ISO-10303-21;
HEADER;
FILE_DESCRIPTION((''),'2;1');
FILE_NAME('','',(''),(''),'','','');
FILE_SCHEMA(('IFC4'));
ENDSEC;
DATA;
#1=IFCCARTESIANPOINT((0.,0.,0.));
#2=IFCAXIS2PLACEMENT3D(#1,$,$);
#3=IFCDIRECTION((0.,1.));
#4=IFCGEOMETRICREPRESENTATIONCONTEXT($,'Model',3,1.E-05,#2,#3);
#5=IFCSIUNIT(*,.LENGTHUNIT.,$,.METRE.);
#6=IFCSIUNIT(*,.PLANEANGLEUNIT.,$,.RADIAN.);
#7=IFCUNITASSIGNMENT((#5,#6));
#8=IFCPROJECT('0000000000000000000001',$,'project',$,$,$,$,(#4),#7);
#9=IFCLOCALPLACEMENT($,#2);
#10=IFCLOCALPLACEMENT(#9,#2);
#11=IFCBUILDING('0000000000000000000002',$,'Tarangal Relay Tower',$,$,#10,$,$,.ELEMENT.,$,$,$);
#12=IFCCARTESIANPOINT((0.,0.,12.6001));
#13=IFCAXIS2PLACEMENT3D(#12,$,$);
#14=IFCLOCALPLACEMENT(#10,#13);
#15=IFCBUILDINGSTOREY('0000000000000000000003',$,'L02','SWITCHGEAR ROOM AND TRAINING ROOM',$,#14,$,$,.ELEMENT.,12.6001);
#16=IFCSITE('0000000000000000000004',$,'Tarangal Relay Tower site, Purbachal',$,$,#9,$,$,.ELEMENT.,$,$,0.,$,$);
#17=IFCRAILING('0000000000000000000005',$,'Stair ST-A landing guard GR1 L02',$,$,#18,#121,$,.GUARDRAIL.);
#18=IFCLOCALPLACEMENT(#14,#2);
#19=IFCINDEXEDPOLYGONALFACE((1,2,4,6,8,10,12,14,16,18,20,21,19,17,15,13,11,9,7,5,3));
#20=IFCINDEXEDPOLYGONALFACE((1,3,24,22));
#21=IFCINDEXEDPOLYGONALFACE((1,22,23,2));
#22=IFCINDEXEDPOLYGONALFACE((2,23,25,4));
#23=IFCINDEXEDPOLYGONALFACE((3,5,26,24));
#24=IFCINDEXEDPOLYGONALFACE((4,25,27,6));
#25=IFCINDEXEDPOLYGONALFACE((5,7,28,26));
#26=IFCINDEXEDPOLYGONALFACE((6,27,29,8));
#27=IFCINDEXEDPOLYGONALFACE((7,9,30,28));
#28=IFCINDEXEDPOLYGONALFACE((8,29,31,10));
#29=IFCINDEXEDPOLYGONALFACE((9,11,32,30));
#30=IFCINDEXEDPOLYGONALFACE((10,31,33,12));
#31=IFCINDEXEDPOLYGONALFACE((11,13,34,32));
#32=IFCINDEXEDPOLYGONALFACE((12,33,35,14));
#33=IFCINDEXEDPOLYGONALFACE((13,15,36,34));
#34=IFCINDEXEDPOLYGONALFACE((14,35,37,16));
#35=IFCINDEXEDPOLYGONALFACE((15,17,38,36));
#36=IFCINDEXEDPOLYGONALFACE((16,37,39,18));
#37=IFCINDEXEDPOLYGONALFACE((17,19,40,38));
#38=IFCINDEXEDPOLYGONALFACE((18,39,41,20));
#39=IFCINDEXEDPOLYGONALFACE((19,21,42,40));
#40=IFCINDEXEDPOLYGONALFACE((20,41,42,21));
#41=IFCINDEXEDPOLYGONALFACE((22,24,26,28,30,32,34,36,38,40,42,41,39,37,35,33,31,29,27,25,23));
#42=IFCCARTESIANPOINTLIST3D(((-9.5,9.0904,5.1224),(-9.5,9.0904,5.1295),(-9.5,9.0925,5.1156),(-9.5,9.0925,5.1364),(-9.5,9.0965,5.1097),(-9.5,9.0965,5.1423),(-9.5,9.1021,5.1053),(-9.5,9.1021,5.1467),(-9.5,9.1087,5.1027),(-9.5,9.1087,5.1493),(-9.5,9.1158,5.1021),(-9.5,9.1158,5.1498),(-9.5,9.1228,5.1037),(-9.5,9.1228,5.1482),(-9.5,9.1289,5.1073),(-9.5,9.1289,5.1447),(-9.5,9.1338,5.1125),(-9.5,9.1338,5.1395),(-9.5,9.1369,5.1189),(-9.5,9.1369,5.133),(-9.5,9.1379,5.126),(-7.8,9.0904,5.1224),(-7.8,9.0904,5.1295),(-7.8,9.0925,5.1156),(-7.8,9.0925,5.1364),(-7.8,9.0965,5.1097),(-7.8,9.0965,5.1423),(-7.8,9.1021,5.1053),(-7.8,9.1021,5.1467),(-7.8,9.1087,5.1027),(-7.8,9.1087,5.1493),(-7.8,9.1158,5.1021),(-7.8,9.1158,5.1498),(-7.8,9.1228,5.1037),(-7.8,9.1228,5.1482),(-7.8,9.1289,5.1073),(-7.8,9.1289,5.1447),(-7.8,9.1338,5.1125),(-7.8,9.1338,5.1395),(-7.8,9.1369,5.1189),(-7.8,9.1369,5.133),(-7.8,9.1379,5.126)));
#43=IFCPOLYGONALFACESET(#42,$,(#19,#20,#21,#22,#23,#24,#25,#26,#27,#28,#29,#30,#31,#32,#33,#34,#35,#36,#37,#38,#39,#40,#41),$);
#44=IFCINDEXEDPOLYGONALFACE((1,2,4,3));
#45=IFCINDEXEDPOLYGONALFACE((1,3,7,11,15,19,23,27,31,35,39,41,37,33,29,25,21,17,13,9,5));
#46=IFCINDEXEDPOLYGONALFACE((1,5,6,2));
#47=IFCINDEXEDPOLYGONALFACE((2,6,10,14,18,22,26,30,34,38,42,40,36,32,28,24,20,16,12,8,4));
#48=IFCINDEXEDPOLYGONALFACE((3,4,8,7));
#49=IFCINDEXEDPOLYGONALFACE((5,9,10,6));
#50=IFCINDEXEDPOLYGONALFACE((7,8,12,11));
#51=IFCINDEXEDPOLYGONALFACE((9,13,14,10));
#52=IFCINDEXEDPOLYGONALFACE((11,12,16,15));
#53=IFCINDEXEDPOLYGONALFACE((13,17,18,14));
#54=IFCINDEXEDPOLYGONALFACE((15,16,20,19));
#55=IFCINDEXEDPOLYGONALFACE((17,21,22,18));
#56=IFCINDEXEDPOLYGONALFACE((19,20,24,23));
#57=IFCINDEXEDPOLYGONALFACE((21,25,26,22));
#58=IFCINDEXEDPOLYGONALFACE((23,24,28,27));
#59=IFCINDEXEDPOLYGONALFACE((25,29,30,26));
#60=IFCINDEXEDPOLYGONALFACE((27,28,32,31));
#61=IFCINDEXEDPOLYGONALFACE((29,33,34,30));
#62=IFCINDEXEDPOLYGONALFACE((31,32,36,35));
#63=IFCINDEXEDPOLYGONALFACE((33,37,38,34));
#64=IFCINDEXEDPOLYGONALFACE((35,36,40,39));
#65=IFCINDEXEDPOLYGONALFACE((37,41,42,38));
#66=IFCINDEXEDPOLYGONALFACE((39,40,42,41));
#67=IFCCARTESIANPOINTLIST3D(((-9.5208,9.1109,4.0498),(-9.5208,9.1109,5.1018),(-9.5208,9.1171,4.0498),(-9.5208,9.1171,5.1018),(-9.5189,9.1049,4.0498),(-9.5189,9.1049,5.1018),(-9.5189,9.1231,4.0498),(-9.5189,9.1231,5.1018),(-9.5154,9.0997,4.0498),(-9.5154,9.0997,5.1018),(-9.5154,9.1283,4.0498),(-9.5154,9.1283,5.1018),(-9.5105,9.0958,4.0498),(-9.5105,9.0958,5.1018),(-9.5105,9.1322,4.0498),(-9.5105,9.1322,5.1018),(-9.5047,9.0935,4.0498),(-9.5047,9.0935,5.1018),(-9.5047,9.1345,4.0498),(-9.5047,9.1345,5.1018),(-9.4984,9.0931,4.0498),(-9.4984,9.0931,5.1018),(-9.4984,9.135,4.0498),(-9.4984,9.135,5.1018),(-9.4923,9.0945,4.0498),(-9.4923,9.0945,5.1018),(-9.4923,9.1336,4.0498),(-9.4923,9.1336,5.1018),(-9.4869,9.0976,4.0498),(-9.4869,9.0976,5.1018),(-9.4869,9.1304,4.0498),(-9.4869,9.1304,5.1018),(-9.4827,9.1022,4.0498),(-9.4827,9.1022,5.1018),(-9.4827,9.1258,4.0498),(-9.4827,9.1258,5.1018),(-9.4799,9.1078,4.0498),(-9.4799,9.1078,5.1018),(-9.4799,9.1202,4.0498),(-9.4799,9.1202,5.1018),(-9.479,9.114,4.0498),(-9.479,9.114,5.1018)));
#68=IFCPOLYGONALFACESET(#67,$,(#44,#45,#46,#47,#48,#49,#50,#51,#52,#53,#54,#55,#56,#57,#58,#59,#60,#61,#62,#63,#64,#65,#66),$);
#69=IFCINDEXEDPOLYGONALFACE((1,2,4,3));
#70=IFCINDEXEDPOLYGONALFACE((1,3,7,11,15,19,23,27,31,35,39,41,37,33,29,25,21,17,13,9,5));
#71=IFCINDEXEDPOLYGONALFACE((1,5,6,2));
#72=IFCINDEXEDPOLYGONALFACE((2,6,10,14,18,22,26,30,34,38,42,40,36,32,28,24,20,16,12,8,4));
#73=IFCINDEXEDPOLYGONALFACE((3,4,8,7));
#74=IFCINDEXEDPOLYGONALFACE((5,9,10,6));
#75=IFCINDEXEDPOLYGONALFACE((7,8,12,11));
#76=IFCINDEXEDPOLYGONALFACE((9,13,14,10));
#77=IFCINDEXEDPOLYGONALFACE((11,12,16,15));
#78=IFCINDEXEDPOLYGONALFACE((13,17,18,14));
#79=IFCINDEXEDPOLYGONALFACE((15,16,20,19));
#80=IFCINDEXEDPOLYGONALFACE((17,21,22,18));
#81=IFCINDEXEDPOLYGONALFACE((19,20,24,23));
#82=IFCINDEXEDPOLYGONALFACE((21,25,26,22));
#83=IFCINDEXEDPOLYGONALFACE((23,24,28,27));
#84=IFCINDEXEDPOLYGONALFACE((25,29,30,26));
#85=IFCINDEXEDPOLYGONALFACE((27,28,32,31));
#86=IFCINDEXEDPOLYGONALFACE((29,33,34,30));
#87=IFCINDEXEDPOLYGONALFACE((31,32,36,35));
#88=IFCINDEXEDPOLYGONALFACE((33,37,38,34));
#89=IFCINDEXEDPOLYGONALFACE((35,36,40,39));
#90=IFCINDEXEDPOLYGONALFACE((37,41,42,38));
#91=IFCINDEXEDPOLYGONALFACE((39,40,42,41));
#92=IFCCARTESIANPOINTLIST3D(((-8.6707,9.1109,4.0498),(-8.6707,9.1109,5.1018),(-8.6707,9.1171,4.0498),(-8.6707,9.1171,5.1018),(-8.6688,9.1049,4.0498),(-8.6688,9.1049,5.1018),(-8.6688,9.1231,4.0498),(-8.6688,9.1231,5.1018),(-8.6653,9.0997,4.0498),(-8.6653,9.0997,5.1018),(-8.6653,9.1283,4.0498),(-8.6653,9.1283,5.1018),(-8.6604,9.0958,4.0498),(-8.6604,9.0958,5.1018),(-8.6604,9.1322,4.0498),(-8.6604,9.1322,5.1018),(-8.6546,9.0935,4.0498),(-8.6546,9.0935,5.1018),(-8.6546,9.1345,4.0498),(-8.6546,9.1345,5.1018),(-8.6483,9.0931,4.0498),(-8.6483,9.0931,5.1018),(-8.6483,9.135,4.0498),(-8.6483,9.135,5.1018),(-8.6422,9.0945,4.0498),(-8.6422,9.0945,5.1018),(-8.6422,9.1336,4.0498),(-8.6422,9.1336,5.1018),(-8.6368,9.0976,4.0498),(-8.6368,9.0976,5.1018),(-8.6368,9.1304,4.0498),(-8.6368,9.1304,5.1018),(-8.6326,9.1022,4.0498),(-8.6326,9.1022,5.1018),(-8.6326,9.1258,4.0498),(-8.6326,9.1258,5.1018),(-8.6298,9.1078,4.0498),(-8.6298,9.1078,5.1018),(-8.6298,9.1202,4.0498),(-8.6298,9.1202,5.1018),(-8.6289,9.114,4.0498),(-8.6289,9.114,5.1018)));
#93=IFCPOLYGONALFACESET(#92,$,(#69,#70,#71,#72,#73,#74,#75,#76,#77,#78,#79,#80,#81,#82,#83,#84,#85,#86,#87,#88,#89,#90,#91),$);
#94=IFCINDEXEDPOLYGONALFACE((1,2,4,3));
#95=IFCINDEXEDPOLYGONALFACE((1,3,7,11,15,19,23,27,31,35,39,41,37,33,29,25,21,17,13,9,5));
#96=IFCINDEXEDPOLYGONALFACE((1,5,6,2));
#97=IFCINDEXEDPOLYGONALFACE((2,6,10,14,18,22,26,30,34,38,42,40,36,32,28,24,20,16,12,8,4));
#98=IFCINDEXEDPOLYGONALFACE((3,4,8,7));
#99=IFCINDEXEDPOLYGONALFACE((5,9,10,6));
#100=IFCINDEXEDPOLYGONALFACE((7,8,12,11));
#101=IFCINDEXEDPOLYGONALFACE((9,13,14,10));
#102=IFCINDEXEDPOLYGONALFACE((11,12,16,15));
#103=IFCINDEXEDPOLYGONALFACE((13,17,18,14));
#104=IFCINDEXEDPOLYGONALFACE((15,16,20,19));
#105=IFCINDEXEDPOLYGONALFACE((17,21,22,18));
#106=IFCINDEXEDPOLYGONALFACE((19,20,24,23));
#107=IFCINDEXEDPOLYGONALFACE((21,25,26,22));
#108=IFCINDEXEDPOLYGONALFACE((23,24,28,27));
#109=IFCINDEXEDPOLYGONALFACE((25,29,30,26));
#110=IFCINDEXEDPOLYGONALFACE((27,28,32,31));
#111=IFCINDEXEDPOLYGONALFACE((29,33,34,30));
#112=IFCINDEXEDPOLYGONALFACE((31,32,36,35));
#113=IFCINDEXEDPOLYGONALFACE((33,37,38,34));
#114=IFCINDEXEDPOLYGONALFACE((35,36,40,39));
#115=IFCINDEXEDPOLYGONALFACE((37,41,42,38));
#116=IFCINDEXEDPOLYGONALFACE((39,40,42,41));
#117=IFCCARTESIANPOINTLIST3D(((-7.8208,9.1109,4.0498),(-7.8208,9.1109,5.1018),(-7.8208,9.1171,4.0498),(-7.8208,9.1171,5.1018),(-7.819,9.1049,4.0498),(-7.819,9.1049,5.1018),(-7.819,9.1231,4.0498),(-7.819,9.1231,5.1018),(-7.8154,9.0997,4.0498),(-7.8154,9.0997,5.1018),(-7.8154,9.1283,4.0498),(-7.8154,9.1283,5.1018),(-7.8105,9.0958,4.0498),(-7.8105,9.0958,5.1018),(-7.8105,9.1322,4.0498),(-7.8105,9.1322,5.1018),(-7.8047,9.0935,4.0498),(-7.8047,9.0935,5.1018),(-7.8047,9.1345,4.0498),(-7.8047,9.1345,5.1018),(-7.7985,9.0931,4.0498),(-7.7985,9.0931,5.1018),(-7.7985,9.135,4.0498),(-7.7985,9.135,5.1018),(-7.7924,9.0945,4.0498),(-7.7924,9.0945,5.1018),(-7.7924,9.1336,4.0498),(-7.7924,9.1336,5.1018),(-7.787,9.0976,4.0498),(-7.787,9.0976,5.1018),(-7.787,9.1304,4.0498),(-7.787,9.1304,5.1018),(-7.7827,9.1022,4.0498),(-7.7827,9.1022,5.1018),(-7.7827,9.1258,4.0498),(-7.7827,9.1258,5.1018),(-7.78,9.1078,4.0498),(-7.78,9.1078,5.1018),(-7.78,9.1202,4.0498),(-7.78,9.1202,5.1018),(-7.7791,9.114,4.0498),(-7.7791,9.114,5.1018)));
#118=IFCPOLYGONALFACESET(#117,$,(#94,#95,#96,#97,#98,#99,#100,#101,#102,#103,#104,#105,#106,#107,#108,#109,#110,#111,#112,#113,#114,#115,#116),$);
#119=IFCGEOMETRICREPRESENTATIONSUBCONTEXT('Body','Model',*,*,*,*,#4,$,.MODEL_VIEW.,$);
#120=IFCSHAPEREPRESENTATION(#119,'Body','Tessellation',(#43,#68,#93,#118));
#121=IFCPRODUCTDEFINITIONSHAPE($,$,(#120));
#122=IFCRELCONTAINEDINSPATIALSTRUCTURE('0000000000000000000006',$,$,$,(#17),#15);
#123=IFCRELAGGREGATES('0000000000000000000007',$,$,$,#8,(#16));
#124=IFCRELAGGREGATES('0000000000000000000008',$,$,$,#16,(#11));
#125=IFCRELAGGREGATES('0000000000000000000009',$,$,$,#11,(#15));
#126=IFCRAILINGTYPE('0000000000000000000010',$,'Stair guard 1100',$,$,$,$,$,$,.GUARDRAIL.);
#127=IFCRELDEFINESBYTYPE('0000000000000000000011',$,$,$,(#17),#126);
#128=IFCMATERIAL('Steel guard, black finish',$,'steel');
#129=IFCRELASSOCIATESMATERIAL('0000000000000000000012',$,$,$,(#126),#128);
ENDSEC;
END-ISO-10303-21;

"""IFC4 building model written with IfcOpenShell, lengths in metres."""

from ifc_helpers import new_model, si_unit, direction, frame, origin, origin_2d, place, context, subcontext, project, spatial, circle, extrude, material, type_object, element, save


model = new_model("IFC4")

# Units and contexts
model_context = context("Model", 3, precision=1e-05, world=origin(), true_north=direction((0.0, 1.0)))
body_context = subcontext(model_context, "Body", "Model", "MODEL_VIEW")
ifc_project = project(units=[si_unit("LENGTHUNIT", "METRE"), si_unit("PLANEANGLEUNIT", "RADIAN")], contexts=[model_context])

# Site, building, storey
site_placement = place(None, origin())
site = spatial("IfcSite", under=ifc_project, at=site_placement, Name="Tarangal Relay Tower site, Purbachal", CompositionType="ELEMENT", RefElevation=0.0)
building_placement = place(site_placement, origin())
building = spatial("IfcBuilding", under=site, at=building_placement, Name="Tarangal Relay Tower", CompositionType="ELEMENT")
storey_placement = place(building_placement, frame((0.0, 0.0, 12.6001)))
storey = spatial("IfcBuildingStorey", under=building, at=storey_placement, Name="L02", Description="SWITCHGEAR ROOM AND TRAINING ROOM", CompositionType="ELEMENT", Elevation=12.6001)

# Railing
ifc_material_1 = material(Name="Steel guard, black finish", Category="steel")
railing_type_1 = type_object("IfcRailingType", Name="Stair guard 1100", PredefinedType="GUARDRAIL", material=ifc_material_1)
for number, where, name in (
    (1, (-9.5, 9.114, 4.0498), "Stair ST-A landing guard GR1 L02"),
):
    element("IfcRailing", number, at=place(storey_placement, frame(where)), inside=storey, type_object=railing_type_1, Name=name, PredefinedType="GUARDRAIL", context=body_context, shape_type="SweptSolid", body=[
        extrude(circle(Radius=0.0239, at=origin_2d()), frame((0.0, 0.0, 1.0762), z_axis=(1.0, 0.0, 0.0), x_axis=(0.0, 1.0, 0.0)), (0.0, 0.0, 1.0), 1.7),
        extrude(circle(Radius=0.021, at=origin_2d()), origin(), (0.0, 0.0, 1.0), 1.052),
        extrude(circle(Radius=0.021, at=origin_2d()), frame((0.8501, 0.0, 0.0)), (0.0, 0.0, 1.0), 1.052),
        extrude(circle(Radius=0.021, at=origin_2d()), frame((1.7, 0.0, 0.0)), (0.0, 0.0, 1.0), 1.052),
    ])

save(model, "model.ifc")
